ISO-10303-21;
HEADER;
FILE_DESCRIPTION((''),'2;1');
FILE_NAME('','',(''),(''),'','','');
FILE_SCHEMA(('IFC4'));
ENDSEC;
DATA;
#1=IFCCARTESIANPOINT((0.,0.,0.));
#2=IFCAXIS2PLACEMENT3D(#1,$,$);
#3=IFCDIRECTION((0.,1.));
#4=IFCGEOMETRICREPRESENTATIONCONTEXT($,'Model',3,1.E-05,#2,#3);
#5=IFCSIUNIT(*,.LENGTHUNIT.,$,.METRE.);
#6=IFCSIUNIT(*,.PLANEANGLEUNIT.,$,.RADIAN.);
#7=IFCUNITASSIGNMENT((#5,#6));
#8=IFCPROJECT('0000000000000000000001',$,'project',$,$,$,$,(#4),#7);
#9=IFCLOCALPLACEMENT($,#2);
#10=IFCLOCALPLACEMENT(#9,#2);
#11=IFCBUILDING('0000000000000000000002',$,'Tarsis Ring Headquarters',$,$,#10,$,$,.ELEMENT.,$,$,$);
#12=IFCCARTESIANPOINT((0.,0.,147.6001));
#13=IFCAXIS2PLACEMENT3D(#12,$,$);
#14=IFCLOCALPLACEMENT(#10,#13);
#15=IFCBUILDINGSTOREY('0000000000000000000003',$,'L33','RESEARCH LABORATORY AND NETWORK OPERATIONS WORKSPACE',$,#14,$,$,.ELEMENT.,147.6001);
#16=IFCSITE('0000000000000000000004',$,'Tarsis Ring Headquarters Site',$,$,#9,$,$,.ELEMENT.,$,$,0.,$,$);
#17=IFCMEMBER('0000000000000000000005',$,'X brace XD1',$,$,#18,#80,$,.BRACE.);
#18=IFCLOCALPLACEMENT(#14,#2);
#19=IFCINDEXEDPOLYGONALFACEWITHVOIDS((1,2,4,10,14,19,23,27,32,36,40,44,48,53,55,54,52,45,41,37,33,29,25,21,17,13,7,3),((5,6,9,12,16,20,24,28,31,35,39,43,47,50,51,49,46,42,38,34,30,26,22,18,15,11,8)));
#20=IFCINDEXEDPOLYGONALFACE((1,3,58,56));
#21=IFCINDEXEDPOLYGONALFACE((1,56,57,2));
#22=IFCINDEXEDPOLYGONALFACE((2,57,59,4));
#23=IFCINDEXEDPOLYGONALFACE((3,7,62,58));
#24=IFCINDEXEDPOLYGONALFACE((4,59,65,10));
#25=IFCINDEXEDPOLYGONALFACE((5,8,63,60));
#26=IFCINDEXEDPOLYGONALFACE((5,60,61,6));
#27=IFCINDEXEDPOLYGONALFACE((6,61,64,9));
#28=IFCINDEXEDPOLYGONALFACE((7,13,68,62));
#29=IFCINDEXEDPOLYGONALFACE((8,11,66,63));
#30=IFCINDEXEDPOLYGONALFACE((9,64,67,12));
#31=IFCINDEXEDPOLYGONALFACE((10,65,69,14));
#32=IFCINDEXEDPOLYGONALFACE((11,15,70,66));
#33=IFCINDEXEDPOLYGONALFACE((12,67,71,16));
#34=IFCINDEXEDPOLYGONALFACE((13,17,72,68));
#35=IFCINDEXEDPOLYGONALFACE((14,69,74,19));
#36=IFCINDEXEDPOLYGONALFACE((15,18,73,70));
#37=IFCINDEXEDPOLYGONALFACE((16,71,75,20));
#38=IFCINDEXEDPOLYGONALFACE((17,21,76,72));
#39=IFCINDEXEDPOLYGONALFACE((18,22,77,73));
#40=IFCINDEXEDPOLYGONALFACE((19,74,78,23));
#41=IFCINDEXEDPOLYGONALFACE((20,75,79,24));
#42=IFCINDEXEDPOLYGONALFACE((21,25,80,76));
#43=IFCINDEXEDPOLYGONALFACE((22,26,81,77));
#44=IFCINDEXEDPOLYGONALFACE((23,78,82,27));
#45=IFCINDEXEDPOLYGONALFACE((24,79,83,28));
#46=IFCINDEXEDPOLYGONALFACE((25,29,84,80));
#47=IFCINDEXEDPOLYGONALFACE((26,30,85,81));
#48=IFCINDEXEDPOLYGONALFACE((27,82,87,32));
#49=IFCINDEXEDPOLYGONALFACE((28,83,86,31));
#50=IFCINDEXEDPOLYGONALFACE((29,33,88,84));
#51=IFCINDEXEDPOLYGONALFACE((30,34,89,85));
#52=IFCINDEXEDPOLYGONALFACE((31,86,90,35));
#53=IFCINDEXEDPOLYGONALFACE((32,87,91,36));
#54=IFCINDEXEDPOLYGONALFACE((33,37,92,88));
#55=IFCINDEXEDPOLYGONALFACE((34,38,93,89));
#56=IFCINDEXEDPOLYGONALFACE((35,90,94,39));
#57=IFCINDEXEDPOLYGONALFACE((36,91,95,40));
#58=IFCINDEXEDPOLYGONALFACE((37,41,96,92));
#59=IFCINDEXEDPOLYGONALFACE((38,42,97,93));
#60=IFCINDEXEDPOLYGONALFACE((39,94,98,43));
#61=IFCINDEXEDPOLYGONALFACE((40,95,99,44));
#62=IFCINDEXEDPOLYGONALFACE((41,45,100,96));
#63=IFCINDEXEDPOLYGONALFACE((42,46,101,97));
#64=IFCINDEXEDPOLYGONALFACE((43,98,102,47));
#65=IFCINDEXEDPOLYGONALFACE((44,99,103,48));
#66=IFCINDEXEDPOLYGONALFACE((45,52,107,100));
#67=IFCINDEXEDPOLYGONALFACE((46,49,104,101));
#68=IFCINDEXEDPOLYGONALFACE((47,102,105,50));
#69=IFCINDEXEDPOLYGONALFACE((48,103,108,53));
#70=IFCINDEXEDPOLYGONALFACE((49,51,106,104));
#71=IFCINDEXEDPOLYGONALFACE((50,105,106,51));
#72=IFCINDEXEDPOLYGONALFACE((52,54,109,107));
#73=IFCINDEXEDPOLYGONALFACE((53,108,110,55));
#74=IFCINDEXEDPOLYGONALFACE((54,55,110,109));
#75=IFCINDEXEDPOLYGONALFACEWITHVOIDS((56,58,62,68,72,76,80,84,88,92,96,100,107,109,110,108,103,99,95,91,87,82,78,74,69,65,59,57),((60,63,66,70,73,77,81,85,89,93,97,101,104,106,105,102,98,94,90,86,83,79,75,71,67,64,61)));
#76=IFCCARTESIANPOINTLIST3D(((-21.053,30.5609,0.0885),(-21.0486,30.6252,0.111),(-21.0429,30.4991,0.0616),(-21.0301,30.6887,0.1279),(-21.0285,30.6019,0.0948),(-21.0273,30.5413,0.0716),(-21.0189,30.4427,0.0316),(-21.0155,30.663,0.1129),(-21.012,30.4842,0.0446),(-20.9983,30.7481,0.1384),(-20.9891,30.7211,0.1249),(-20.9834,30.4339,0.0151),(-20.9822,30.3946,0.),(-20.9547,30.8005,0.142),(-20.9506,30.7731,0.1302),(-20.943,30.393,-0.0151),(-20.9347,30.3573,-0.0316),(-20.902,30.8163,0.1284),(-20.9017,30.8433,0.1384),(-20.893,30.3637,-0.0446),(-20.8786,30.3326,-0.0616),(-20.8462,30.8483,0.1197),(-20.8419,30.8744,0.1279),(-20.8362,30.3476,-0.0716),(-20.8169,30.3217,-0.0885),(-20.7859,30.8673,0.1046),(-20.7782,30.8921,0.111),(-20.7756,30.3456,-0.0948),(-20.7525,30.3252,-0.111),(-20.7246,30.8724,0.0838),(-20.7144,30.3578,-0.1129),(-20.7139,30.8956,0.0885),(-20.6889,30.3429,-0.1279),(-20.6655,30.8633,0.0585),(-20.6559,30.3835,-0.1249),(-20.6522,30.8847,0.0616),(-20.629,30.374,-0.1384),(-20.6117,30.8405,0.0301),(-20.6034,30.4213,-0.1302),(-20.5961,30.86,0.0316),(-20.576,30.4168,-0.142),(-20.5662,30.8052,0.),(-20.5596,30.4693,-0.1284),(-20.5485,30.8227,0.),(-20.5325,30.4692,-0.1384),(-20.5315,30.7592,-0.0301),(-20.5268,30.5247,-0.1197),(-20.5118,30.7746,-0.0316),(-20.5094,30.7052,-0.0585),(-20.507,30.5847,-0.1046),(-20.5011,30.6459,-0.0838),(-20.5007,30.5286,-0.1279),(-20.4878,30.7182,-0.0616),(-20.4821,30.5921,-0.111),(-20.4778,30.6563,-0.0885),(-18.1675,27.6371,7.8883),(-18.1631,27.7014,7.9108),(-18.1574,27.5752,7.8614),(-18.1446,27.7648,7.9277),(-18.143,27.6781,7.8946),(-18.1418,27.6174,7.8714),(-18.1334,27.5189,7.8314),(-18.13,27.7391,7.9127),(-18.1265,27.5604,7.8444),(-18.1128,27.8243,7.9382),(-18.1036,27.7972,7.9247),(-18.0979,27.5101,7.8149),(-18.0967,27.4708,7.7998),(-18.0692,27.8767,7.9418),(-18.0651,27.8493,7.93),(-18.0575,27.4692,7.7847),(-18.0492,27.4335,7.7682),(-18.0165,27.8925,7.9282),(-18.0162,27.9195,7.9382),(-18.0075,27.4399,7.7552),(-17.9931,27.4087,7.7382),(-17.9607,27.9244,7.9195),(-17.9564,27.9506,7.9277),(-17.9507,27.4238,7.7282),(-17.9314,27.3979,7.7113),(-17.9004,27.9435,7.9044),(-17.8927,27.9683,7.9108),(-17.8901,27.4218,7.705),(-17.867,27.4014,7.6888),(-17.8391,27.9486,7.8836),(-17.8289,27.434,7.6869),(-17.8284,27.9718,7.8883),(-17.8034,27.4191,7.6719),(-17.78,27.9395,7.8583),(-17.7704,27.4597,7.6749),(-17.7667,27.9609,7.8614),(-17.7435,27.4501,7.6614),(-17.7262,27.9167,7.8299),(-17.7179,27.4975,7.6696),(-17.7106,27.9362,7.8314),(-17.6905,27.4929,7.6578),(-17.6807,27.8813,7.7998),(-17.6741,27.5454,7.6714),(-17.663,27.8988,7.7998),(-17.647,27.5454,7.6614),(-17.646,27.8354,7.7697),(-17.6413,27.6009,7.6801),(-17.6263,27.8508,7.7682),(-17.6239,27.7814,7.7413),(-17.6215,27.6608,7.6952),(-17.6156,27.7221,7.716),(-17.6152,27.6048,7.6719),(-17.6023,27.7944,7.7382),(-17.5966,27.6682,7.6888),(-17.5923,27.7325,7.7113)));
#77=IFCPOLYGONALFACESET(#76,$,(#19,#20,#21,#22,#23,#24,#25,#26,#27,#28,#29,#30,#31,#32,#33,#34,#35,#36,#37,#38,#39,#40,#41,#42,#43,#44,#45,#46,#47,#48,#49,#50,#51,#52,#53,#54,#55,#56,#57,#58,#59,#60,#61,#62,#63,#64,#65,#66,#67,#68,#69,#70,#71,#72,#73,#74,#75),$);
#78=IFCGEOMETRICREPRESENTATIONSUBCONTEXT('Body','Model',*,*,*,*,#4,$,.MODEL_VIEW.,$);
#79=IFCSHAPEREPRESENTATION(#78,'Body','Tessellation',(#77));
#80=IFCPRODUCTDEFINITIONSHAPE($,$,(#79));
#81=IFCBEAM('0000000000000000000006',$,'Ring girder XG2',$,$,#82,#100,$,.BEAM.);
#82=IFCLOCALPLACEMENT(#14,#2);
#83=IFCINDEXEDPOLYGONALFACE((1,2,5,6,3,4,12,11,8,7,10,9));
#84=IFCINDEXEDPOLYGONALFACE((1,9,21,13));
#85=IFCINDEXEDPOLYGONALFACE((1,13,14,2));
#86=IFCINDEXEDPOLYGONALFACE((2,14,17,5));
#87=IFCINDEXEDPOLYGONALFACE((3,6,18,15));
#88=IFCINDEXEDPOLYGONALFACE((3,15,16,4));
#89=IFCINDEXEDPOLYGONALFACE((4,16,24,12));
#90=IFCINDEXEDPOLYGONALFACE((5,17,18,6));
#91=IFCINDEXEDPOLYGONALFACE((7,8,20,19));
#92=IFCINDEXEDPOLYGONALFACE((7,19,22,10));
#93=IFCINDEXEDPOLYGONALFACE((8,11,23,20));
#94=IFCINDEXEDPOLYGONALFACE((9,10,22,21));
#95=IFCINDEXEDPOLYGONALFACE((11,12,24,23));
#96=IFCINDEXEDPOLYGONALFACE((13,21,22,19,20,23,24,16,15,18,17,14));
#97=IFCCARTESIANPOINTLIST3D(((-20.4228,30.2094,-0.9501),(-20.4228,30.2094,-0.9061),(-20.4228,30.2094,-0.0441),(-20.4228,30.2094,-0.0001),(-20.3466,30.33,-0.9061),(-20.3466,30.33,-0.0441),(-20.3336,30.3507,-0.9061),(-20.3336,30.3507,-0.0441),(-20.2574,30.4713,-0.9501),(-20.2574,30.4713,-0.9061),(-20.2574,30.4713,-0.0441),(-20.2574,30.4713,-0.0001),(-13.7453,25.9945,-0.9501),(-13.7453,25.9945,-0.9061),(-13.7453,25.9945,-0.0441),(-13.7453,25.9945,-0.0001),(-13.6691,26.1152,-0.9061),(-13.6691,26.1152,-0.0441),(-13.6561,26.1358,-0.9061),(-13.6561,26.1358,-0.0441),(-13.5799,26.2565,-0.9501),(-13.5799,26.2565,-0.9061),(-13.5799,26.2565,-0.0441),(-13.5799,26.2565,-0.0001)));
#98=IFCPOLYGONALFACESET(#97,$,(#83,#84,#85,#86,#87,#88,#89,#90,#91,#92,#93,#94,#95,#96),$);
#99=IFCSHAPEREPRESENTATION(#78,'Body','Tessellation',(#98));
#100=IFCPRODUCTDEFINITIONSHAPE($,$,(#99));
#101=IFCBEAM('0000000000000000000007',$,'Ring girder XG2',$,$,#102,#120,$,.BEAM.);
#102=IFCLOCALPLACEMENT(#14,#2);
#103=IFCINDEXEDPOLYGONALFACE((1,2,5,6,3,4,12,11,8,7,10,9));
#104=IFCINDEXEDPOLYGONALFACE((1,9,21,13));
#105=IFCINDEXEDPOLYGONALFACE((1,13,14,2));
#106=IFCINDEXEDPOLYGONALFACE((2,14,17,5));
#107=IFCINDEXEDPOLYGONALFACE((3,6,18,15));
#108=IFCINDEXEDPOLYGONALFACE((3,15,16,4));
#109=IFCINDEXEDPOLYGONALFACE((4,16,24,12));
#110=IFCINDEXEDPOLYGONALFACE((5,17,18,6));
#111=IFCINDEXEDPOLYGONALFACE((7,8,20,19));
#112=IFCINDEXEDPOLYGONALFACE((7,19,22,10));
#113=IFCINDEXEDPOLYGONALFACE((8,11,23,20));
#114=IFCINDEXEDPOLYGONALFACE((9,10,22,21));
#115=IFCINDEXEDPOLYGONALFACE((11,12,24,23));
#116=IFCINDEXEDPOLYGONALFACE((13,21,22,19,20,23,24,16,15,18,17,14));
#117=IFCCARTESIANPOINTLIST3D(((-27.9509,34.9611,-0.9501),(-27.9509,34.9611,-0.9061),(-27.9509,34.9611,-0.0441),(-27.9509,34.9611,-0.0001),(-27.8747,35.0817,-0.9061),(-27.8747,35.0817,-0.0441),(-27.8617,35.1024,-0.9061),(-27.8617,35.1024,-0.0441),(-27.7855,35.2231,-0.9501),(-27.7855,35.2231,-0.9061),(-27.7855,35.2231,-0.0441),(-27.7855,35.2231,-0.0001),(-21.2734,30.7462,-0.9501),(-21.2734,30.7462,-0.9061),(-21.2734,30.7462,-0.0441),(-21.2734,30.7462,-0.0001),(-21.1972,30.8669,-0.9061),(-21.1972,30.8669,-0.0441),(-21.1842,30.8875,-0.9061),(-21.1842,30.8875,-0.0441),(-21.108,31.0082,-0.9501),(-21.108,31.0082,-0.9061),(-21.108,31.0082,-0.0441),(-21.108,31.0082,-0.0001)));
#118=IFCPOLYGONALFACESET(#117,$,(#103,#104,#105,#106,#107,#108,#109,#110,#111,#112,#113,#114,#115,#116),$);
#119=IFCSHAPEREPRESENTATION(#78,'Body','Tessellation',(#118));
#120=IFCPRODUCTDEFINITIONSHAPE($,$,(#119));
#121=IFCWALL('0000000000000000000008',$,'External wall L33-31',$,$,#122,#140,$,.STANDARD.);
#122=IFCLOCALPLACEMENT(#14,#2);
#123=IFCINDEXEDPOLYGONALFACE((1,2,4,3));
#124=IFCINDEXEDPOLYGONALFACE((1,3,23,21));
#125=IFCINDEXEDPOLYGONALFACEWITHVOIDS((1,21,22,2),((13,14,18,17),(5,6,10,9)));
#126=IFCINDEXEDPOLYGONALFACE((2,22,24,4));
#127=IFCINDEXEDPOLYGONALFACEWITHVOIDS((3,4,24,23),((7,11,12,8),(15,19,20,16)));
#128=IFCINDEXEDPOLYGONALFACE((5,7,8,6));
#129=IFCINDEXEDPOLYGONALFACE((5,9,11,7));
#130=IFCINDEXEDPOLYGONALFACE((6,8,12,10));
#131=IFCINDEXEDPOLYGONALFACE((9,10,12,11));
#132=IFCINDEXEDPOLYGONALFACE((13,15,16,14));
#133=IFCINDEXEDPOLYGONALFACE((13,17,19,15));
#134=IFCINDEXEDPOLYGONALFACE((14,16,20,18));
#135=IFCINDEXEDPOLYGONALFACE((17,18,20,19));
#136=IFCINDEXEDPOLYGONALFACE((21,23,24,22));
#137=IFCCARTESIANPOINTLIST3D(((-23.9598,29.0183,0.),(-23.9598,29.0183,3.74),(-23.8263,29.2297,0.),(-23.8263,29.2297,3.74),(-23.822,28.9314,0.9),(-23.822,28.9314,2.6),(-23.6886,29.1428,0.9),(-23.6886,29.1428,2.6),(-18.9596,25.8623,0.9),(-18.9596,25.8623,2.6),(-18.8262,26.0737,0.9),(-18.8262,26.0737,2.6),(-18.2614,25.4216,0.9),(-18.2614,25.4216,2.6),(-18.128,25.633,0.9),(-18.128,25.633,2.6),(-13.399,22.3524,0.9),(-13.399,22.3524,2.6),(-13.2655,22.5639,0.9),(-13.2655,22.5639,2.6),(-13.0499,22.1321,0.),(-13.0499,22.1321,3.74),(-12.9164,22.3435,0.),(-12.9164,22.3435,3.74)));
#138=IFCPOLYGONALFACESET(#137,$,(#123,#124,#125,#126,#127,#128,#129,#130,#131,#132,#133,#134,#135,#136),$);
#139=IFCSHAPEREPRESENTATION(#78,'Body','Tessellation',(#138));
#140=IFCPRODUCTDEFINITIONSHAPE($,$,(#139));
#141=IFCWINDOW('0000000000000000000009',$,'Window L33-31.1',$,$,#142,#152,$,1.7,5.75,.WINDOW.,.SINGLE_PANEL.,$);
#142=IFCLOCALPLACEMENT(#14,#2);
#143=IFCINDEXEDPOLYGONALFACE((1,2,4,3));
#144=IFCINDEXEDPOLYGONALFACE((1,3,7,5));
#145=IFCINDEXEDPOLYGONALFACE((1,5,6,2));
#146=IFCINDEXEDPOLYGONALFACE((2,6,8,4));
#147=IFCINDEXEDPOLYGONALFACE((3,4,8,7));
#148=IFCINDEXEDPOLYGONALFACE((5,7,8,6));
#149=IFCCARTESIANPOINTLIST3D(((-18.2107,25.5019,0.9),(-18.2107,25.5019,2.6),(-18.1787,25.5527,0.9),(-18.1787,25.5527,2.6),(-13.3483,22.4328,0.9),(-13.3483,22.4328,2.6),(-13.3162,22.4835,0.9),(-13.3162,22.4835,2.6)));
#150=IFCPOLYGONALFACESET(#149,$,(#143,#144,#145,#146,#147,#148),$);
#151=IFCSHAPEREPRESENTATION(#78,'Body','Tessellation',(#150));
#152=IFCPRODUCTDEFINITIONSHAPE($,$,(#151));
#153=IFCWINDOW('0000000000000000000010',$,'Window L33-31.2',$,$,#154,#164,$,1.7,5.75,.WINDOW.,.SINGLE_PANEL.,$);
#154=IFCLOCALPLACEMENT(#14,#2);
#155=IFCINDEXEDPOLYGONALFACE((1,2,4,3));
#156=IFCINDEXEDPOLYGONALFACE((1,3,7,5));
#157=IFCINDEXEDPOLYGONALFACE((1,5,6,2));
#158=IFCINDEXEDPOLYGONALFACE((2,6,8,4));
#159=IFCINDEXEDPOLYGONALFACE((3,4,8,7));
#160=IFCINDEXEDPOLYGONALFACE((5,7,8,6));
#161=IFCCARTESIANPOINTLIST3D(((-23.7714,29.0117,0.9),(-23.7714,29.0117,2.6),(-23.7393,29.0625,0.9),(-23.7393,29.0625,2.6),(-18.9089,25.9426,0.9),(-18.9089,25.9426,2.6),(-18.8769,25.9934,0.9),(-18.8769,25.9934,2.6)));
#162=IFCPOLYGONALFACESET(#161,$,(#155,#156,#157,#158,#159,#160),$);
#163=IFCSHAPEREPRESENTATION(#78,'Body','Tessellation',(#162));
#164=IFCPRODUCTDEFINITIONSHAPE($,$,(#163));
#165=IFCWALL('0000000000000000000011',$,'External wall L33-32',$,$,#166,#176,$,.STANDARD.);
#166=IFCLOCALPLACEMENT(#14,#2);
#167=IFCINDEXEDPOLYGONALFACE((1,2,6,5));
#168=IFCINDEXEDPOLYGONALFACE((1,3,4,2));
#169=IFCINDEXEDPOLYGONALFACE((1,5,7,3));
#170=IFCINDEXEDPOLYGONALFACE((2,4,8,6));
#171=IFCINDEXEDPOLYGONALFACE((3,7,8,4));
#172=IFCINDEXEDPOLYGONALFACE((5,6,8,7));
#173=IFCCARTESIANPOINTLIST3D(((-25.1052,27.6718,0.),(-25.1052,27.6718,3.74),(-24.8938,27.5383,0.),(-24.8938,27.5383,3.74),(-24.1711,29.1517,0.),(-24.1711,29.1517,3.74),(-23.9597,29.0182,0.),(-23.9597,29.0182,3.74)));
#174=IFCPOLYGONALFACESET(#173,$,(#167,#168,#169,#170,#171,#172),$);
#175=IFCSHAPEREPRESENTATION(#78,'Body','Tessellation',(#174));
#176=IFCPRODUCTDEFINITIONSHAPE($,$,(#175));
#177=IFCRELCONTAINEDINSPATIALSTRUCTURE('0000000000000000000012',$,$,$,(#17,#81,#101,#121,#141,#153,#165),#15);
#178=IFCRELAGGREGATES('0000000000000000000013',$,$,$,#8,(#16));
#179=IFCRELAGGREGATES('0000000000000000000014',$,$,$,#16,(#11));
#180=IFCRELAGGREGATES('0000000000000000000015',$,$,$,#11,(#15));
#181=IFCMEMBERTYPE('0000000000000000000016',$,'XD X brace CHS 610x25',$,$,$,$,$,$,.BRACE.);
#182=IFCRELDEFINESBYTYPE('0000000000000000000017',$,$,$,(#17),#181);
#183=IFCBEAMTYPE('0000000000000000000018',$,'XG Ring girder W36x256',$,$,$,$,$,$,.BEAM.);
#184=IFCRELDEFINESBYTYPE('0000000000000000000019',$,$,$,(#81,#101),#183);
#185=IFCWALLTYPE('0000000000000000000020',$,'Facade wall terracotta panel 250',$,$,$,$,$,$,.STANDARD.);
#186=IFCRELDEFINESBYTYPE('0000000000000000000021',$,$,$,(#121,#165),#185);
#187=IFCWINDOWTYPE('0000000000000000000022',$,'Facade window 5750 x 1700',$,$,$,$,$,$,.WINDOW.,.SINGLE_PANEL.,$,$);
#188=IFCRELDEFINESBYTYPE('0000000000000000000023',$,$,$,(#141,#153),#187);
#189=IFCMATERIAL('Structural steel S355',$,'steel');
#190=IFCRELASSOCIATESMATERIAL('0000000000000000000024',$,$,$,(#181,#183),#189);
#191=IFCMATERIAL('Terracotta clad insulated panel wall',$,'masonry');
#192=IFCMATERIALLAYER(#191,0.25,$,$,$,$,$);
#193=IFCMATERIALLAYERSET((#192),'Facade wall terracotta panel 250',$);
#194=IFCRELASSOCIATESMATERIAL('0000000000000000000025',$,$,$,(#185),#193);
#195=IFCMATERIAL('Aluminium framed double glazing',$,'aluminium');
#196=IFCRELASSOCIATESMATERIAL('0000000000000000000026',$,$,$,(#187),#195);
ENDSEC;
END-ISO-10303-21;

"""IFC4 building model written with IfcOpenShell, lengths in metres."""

from ifc_helpers import new_model, si_unit, direction, frame, frame_2d, origin, origin_2d, place, context, subcontext, project, spatial, rectangle, hollow_circle, i_section, extrude, material, layer, layer_set, material_profile, profile_set, type_object, element, fill, save


model = new_model("IFC4")

# Units and contexts
model_context = context("Model", 3, precision=1e-05, world=origin(), true_north=direction((0.0, 1.0)))
body_context = subcontext(model_context, "Body", "Model", "MODEL_VIEW")
ifc_project = project(units=[si_unit("LENGTHUNIT", "METRE"), si_unit("PLANEANGLEUNIT", "RADIAN")], contexts=[model_context])

# Site, building, storey
site_placement = place(None, origin())
site = spatial("IfcSite", under=ifc_project, at=site_placement, Name="Tarsis Ring Headquarters Site", CompositionType="ELEMENT", RefElevation=0.0)
building_placement = place(site_placement, origin())
building = spatial("IfcBuilding", under=site, at=building_placement, Name="Tarsis Ring Headquarters", CompositionType="ELEMENT")
storey_placement = place(building_placement, frame((0.0, 0.0, 147.6001)))
storey = spatial("IfcBuildingStorey", under=building, at=storey_placement, Name="L33", Description="RESEARCH LABORATORY AND NETWORK OPERATIONS WORKSPACE", CompositionType="ELEMENT", Elevation=147.6001)

# Shared definitions
ifc_material_1 = material(Name="Structural steel S355", Category="steel")

# Shared definitions
ifc_material_profile_1 = material_profile(ifc_material_1, i_section(OverallWidth=0.3098, OverallDepth=0.95, WebThickness=0.0244, FlangeThickness=0.0439, at=origin_2d()), Name="W36x256")
ifc_profile_set_1 = profile_set([ifc_material_profile_1], Name="Structural steel S355")

# Member
ifc_material_profile_2 = material_profile(ifc_material_1, hollow_circle(Radius=0.3047, WallThickness=0.0249, at=origin_2d()), Name="CHS 610x25")
ifc_profile_set_2 = profile_set([ifc_material_profile_2], Name="Structural steel S355")
member_type = type_object("IfcMemberType", Name="XD X brace CHS 610x25", PredefinedType="BRACE", material=ifc_profile_set_2)
member_1_placement = place(storey_placement, frame((-20.7654, 30.6086, 0.0), z_axis=(0.327324, -0.331672, 0.88479), x_axis=(0.711757, 0.702426, 0.0)))
element("IfcMember", 1, at=member_1_placement, inside=storey, type_object=member_type, Name="X brace XD1", PredefinedType="BRACE", context=body_context, shape_type="SweptSolid", body=[
    extrude(hollow_circle(Radius=0.3047, WallThickness=0.0249, at=origin_2d()), origin(), (0.0, 0.0, 1.0), 8.8154),
])

# Beams
beam_type_1 = type_object("IfcBeamType", Name="XG Ring girder W36x256", PredefinedType="BEAM", material=ifc_profile_set_1)
for number, where, z_axis, x_axis, name in (
    (2, (-13.6626, 26.1255, -0.4751), (-0.845633, 0.533765, 0.0), (-0.533765, -0.845633, 0.0), "Ring girder XG2"),
    (3, (-21.1907, 30.8772, -0.4751), (-0.845633, 0.533765, 0.0), (-0.533765, -0.845633, 0.0), "Ring girder XG2"),
):
    element("IfcBeam", number, at=place(storey_placement, frame(where, z_axis=z_axis, x_axis=x_axis)), inside=storey, type_object=beam_type_1, Name=name, PredefinedType="BEAM", context=body_context, shape_type="SweptSolid", body=[
        extrude(i_section(OverallWidth=0.3098, OverallDepth=0.95, WebThickness=0.0244, FlangeThickness=0.0439, at=origin_2d()), origin(), (0.0, 0.0, 1.0), 7.8965),
    ])

# Wall, openings, windows
ifc_material_2 = material(Name="Terracotta clad insulated panel wall", Category="masonry")
ifc_layer = layer(ifc_material_2, 0.25)
ifc_layer_set = layer_set([ifc_layer], Name="Facade wall terracotta panel 250")
wall_type = type_object("IfcWallType", Name="Facade wall terracotta panel 250", PredefinedType="STANDARD", material=ifc_layer_set)
wall_1_placement = place(storey_placement, frame((-12.9832, 22.2378, 0.0), z_axis=(0.0, 0.0, 1.0), x_axis=(-0.845637, 0.533758, 0.0)))
wall_1 = element("IfcWall", 4, at=wall_1_placement, inside=storey, type_object=wall_type, Name="External wall L33-31", PredefinedType="STANDARD", context=body_context, shape_type="SweptSolid", body=[
    extrude(rectangle(XDim=12.9014, YDim=0.25, at=frame_2d((6.4507, 0.0))), origin(), (0.0, 0.0, 1.0), 3.74),
])
opening_1_placement = place(wall_1_placement, frame((0.4128, 0.0, 0.8999)))
opening_1 = element("IfcOpeningElement", 5, at=opening_1_placement, cuts=wall_1, PredefinedType="OPENING", context=body_context, shape_type="SweptSolid", body=[
    extrude(rectangle(XDim=5.75, YDim=1.7, at=frame_2d((2.875, 0.8501))), frame((0.0, 0.135, 0.0), z_axis=(0.0, -1.0, 0.0), x_axis=(1.0, 0.0, 0.0)), (0.0, 0.0, 1.0), 0.27),
])
opening_2_placement = place(wall_1_placement, frame((6.9885, 0.0, 0.8999)))
opening_2 = element("IfcOpeningElement", 6, at=opening_2_placement, cuts=wall_1, PredefinedType="OPENING", context=body_context, shape_type="SweptSolid", body=[
    extrude(rectangle(XDim=5.75, YDim=1.7, at=frame_2d((2.875, 0.8501))), frame((0.0, 0.135, 0.0), z_axis=(0.0, -1.0, 0.0), x_axis=(1.0, 0.0, 0.0)), (0.0, 0.0, 1.0), 0.27),
])
ifc_material_3 = material(Name="Aluminium framed double glazing", Category="aluminium")
window_type = type_object("IfcWindowType", Name="Facade window 5750 x 1700", PartitioningType="SINGLE_PANEL", PredefinedType="WINDOW", material=ifc_material_3)
window_1_placement = place(opening_1_placement, origin())
window_1 = element("IfcWindow", 7, at=window_1_placement, inside=storey, type_object=window_type, Name="Window L33-31.1", OverallHeight=1.7, OverallWidth=5.75, PartitioningType="SINGLE_PANEL", PredefinedType="WINDOW", context=body_context, shape_type="SweptSolid", body=[
    extrude(rectangle(XDim=5.75, YDim=1.7, at=frame_2d((2.875, 0.8501))), frame((0.0, 0.03, 0.0), z_axis=(0.0, -1.0, 0.0), x_axis=(1.0, 0.0, 0.0)), (0.0, 0.0, 1.0), 0.0601),
])
fill(opening_1, window_1)
window_2_placement = place(opening_2_placement, origin())
window_2 = element("IfcWindow", 8, at=window_2_placement, inside=storey, type_object=window_type, Name="Window L33-31.2", OverallHeight=1.7, OverallWidth=5.75, PartitioningType="SINGLE_PANEL", PredefinedType="WINDOW", context=body_context, shape_type="SweptSolid", body=[
    extrude(rectangle(XDim=5.75, YDim=1.7, at=frame_2d((2.875, 0.8501))), frame((0.0, 0.03, 0.0), z_axis=(0.0, -1.0, 0.0), x_axis=(1.0, 0.0, 0.0)), (0.0, 0.0, 1.0), 0.0601),
])
fill(opening_2, window_2)

# Wall
wall_2_placement = place(storey_placement, frame((-24.0654, 29.085, 0.0), z_axis=(0.0, 0.0, 1.0), x_axis=(-0.533731, -0.845655, 0.0)))
element("IfcWall", 9, at=wall_2_placement, inside=storey, type_object=wall_type, Name="External wall L33-32", PredefinedType="STANDARD", context=body_context, shape_type="SweptSolid", body=[
    extrude(rectangle(XDim=1.75, YDim=0.25, at=frame_2d((0.875, 0.0))), origin(), (0.0, 0.0, 1.0), 3.74),
])

save(model, "model.ifc")
